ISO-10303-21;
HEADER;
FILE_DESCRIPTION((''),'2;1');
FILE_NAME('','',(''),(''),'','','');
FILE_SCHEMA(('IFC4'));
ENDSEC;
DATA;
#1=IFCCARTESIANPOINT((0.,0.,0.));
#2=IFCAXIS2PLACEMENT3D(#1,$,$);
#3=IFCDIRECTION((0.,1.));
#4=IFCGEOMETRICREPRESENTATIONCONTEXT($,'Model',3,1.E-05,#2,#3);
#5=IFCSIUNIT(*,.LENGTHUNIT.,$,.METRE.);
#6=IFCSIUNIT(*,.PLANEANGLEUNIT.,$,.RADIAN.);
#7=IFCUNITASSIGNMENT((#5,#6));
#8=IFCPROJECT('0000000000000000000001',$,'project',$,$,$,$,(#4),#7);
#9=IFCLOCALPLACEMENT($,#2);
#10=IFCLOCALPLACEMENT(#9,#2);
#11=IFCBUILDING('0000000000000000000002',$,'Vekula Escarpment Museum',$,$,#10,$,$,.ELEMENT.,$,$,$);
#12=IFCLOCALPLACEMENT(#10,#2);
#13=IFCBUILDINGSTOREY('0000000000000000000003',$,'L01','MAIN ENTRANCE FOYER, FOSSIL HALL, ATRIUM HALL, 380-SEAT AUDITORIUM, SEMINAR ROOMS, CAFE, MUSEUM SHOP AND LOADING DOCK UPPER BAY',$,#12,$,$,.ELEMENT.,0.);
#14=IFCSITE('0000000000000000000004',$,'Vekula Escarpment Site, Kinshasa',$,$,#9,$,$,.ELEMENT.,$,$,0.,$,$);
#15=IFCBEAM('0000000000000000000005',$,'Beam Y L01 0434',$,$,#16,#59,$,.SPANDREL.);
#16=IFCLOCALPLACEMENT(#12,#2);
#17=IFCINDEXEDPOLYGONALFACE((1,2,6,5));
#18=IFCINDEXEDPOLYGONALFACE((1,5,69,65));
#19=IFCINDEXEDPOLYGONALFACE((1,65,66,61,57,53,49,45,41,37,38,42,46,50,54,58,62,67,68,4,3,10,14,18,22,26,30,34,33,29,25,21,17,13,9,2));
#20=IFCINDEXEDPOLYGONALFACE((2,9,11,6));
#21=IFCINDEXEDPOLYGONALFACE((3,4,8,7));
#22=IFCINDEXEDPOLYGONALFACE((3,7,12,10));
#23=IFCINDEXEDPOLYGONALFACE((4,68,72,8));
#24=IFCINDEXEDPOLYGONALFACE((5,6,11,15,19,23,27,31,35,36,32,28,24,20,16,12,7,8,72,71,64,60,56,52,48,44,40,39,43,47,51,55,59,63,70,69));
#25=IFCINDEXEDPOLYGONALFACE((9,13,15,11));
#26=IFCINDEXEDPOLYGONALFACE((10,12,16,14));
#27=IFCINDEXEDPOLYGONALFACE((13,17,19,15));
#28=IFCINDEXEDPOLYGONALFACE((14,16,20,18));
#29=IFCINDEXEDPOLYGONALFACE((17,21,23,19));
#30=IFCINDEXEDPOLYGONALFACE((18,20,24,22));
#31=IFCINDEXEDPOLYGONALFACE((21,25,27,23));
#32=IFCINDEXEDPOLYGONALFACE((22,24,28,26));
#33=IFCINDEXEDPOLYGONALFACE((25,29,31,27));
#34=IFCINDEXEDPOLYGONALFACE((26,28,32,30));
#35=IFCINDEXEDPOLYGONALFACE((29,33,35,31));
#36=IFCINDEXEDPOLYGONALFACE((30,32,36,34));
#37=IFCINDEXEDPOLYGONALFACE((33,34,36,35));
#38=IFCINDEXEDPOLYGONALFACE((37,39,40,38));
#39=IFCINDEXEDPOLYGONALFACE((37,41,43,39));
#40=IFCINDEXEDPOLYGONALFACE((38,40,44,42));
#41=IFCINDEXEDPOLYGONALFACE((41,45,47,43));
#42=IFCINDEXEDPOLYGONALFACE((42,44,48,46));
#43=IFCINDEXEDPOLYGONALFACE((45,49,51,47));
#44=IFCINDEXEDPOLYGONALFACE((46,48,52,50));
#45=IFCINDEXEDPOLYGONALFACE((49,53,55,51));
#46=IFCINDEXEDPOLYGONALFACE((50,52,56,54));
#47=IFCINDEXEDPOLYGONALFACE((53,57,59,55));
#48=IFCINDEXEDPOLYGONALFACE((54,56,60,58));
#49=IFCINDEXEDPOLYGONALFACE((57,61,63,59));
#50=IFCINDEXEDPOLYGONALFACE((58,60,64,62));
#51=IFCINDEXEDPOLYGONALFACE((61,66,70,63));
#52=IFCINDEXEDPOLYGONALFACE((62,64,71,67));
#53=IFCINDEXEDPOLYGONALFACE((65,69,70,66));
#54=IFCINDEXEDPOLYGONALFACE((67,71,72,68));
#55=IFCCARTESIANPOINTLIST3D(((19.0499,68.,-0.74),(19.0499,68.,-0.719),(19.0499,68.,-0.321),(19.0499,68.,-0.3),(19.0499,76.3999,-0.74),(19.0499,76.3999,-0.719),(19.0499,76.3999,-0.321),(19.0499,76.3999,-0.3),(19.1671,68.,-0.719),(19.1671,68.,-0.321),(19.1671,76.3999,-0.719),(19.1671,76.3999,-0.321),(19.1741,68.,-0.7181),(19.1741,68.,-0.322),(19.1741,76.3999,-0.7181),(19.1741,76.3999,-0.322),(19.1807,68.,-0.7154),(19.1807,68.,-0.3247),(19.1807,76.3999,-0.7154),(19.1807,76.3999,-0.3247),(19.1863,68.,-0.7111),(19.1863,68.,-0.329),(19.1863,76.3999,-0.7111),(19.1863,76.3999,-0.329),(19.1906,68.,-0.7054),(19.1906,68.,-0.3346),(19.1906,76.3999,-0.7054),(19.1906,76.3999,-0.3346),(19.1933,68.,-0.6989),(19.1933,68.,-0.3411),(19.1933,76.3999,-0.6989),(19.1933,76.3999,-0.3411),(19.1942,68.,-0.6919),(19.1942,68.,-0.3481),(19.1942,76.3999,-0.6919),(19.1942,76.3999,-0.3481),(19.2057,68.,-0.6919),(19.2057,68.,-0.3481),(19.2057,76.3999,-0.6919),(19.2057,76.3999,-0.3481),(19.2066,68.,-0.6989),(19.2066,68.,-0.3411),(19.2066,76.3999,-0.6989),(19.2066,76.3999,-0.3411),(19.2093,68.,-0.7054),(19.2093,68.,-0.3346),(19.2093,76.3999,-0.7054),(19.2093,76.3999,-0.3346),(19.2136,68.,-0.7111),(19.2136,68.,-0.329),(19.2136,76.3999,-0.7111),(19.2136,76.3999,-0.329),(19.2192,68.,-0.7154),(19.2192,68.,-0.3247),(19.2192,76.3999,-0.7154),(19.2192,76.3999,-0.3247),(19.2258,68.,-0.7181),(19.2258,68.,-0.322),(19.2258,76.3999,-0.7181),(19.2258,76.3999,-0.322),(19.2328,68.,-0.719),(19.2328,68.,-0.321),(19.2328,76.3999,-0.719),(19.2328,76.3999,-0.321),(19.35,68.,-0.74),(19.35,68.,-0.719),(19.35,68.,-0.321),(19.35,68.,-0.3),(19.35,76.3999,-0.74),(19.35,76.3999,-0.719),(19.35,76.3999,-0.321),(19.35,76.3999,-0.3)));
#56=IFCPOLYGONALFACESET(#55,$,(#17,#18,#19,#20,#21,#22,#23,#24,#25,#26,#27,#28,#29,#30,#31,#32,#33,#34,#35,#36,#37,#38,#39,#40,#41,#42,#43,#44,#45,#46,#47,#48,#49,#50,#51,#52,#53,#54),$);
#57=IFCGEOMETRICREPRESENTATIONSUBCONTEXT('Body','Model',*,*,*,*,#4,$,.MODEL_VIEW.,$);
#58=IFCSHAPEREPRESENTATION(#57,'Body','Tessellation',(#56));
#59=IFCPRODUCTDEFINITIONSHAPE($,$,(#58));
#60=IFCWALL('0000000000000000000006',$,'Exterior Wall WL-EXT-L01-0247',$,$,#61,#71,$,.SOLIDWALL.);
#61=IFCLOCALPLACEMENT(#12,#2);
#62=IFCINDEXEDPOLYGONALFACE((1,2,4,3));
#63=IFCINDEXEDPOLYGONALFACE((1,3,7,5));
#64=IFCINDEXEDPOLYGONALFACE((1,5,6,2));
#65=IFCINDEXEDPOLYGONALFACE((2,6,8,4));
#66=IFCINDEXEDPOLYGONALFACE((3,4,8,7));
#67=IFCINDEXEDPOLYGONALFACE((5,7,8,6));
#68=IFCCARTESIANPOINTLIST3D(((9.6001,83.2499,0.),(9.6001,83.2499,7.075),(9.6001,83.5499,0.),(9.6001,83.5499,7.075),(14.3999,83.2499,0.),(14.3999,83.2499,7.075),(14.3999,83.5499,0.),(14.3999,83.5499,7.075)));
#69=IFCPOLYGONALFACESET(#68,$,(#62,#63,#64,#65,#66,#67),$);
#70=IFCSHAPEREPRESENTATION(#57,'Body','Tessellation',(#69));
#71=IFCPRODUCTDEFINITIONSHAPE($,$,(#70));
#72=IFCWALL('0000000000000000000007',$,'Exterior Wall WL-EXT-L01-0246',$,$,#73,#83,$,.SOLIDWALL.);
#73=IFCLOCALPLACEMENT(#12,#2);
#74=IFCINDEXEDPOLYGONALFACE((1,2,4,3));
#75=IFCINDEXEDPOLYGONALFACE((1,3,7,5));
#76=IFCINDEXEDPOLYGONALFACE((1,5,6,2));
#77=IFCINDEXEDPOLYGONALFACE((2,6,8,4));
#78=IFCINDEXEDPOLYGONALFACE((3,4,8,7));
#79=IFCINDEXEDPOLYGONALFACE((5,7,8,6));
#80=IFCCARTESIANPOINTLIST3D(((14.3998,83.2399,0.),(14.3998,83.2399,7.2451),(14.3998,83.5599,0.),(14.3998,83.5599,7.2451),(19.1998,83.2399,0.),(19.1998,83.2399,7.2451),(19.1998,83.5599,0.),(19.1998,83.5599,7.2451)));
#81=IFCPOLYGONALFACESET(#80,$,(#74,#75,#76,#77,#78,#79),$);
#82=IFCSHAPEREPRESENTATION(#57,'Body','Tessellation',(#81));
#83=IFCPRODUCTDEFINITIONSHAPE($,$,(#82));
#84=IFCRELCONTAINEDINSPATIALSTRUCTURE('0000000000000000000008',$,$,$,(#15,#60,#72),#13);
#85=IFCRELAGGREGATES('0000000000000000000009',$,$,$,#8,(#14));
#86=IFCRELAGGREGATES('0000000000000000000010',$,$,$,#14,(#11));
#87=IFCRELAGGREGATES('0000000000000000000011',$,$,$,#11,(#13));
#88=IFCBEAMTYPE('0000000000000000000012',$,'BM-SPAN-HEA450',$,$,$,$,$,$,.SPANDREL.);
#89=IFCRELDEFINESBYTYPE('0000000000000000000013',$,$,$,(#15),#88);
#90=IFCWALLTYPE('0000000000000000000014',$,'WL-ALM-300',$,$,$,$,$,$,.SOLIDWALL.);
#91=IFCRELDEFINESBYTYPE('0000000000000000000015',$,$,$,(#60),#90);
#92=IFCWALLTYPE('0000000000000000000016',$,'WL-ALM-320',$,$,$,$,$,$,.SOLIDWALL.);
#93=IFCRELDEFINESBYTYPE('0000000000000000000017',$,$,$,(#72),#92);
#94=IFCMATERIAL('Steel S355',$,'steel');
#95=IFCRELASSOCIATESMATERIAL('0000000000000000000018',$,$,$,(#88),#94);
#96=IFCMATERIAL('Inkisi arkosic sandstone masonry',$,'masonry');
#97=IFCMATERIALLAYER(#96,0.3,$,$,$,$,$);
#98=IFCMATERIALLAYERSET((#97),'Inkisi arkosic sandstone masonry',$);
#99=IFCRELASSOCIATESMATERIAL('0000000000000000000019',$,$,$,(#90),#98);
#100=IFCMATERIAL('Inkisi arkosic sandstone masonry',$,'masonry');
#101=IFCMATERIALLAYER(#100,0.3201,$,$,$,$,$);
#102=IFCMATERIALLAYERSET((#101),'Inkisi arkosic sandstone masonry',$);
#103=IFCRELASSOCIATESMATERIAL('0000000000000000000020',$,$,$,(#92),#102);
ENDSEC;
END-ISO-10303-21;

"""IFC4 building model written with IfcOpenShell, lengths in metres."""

from ifc_helpers import new_model, si_unit, direction, frame, frame_2d, origin, origin_2d, place, context, subcontext, project, spatial, rectangle, i_section, extrude, material, layer, layer_set, material_profile, profile_set, type_object, element, save


model = new_model("IFC4")

# Units and contexts
model_context = context("Model", 3, precision=1e-05, world=origin(), true_north=direction((0.0, 1.0)))
body_context = subcontext(model_context, "Body", "Model", "MODEL_VIEW")
ifc_project = project(units=[si_unit("LENGTHUNIT", "METRE"), si_unit("PLANEANGLEUNIT", "RADIAN")], contexts=[model_context])

# Site, building, storey
site_placement = place(None, origin())
site = spatial("IfcSite", under=ifc_project, at=site_placement, Name="Vekula Escarpment Site, Kinshasa", CompositionType="ELEMENT", RefElevation=0.0)
building_placement = place(site_placement, origin())
building = spatial("IfcBuilding", under=site, at=building_placement, Name="Vekula Escarpment Museum", CompositionType="ELEMENT")
storey_placement = place(building_placement, origin())
storey = spatial("IfcBuildingStorey", under=building, at=storey_placement, Name="L01", Description="MAIN ENTRANCE FOYER, FOSSIL HALL, ATRIUM HALL, 380-SEAT AUDITORIUM, SEMINAR ROOMS, CAFE, MUSEUM SHOP AND LOADING DOCK UPPER BAY", CompositionType="ELEMENT", Elevation=0.0)

# Beam
ifc_material_1 = material(Name="Steel S355", Category="steel")
ifc_material_profile_1 = material_profile(ifc_material_1, i_section(OverallWidth=0.3, OverallDepth=0.4399, WebThickness=0.0115, FlangeThickness=0.021, FilletRadius=0.0271, at=origin_2d()), Name="HEA 450")
ifc_profile_set_1 = profile_set([ifc_material_profile_1], Name="Steel S355")
beam_type_1 = type_object("IfcBeamType", Name="BM-SPAN-HEA450", PredefinedType="SPANDREL", material=ifc_profile_set_1)
for number, where, z_axis, x_axis, name in (
    (1, (19.2, 68.0, -0.52), (0.0, 1.0, 0.0), (-1.0, 0.0, 0.0), "Beam Y L01 0434"),
):
    element("IfcBeam", number, at=place(storey_placement, frame(where, z_axis=z_axis, x_axis=x_axis)), inside=storey, type_object=beam_type_1, Name=name, PredefinedType="SPANDREL", context=body_context, shape_type="SweptSolid", body=[
        extrude(i_section(OverallWidth=0.3, OverallDepth=0.4399, WebThickness=0.0115, FlangeThickness=0.021, FilletRadius=0.0271, at=origin_2d()), origin(), (0.0, 0.0, 1.0), 8.3999),
    ])

# Walls
ifc_material_2 = material(Name="Inkisi arkosic sandstone masonry", Category="masonry")
ifc_layer_1 = layer(ifc_material_2, 0.3)
ifc_layer_set_1 = layer_set([ifc_layer_1], Name="Inkisi arkosic sandstone masonry")
wall_type_1 = type_object("IfcWallType", Name="WL-ALM-300", PredefinedType="SOLIDWALL", material=ifc_layer_set_1)
wall_1_placement = place(storey_placement, frame((9.6001, 83.3999, 0.0), z_axis=(0.0, 0.0, 1.0), x_axis=(1.0, 0.0, 0.0)))
element("IfcWall", 2, at=wall_1_placement, inside=storey, type_object=wall_type_1, Name="Exterior Wall WL-EXT-L01-0247", PredefinedType="SOLIDWALL", context=body_context, shape_type="SweptSolid", body=[
    extrude(rectangle(XDim=4.7998, YDim=0.3, at=frame_2d((2.3999, 0.0))), origin(), (0.0, 0.0, 1.0), 7.075),
])
ifc_material_3 = material(Name="Inkisi arkosic sandstone masonry", Category="masonry")
ifc_layer_2 = layer(ifc_material_3, 0.3201)
ifc_layer_set_2 = layer_set([ifc_layer_2], Name="Inkisi arkosic sandstone masonry")
wall_type_2 = type_object("IfcWallType", Name="WL-ALM-320", PredefinedType="SOLIDWALL", material=ifc_layer_set_2)
wall_2_placement = place(storey_placement, frame((14.3999, 83.3999, 0.0), z_axis=(0.0, 0.0, 1.0), x_axis=(1.0, 0.0, 0.0)))
element("IfcWall", 3, at=wall_2_placement, inside=storey, type_object=wall_type_2, Name="Exterior Wall WL-EXT-L01-0246", PredefinedType="SOLIDWALL", context=body_context, shape_type="SweptSolid", body=[
    extrude(rectangle(XDim=4.8, YDim=0.3201, at=frame_2d((2.3999, 0.0))), origin(), (0.0, 0.0, 1.0), 7.2451),
])

save(model, "model.ifc")
